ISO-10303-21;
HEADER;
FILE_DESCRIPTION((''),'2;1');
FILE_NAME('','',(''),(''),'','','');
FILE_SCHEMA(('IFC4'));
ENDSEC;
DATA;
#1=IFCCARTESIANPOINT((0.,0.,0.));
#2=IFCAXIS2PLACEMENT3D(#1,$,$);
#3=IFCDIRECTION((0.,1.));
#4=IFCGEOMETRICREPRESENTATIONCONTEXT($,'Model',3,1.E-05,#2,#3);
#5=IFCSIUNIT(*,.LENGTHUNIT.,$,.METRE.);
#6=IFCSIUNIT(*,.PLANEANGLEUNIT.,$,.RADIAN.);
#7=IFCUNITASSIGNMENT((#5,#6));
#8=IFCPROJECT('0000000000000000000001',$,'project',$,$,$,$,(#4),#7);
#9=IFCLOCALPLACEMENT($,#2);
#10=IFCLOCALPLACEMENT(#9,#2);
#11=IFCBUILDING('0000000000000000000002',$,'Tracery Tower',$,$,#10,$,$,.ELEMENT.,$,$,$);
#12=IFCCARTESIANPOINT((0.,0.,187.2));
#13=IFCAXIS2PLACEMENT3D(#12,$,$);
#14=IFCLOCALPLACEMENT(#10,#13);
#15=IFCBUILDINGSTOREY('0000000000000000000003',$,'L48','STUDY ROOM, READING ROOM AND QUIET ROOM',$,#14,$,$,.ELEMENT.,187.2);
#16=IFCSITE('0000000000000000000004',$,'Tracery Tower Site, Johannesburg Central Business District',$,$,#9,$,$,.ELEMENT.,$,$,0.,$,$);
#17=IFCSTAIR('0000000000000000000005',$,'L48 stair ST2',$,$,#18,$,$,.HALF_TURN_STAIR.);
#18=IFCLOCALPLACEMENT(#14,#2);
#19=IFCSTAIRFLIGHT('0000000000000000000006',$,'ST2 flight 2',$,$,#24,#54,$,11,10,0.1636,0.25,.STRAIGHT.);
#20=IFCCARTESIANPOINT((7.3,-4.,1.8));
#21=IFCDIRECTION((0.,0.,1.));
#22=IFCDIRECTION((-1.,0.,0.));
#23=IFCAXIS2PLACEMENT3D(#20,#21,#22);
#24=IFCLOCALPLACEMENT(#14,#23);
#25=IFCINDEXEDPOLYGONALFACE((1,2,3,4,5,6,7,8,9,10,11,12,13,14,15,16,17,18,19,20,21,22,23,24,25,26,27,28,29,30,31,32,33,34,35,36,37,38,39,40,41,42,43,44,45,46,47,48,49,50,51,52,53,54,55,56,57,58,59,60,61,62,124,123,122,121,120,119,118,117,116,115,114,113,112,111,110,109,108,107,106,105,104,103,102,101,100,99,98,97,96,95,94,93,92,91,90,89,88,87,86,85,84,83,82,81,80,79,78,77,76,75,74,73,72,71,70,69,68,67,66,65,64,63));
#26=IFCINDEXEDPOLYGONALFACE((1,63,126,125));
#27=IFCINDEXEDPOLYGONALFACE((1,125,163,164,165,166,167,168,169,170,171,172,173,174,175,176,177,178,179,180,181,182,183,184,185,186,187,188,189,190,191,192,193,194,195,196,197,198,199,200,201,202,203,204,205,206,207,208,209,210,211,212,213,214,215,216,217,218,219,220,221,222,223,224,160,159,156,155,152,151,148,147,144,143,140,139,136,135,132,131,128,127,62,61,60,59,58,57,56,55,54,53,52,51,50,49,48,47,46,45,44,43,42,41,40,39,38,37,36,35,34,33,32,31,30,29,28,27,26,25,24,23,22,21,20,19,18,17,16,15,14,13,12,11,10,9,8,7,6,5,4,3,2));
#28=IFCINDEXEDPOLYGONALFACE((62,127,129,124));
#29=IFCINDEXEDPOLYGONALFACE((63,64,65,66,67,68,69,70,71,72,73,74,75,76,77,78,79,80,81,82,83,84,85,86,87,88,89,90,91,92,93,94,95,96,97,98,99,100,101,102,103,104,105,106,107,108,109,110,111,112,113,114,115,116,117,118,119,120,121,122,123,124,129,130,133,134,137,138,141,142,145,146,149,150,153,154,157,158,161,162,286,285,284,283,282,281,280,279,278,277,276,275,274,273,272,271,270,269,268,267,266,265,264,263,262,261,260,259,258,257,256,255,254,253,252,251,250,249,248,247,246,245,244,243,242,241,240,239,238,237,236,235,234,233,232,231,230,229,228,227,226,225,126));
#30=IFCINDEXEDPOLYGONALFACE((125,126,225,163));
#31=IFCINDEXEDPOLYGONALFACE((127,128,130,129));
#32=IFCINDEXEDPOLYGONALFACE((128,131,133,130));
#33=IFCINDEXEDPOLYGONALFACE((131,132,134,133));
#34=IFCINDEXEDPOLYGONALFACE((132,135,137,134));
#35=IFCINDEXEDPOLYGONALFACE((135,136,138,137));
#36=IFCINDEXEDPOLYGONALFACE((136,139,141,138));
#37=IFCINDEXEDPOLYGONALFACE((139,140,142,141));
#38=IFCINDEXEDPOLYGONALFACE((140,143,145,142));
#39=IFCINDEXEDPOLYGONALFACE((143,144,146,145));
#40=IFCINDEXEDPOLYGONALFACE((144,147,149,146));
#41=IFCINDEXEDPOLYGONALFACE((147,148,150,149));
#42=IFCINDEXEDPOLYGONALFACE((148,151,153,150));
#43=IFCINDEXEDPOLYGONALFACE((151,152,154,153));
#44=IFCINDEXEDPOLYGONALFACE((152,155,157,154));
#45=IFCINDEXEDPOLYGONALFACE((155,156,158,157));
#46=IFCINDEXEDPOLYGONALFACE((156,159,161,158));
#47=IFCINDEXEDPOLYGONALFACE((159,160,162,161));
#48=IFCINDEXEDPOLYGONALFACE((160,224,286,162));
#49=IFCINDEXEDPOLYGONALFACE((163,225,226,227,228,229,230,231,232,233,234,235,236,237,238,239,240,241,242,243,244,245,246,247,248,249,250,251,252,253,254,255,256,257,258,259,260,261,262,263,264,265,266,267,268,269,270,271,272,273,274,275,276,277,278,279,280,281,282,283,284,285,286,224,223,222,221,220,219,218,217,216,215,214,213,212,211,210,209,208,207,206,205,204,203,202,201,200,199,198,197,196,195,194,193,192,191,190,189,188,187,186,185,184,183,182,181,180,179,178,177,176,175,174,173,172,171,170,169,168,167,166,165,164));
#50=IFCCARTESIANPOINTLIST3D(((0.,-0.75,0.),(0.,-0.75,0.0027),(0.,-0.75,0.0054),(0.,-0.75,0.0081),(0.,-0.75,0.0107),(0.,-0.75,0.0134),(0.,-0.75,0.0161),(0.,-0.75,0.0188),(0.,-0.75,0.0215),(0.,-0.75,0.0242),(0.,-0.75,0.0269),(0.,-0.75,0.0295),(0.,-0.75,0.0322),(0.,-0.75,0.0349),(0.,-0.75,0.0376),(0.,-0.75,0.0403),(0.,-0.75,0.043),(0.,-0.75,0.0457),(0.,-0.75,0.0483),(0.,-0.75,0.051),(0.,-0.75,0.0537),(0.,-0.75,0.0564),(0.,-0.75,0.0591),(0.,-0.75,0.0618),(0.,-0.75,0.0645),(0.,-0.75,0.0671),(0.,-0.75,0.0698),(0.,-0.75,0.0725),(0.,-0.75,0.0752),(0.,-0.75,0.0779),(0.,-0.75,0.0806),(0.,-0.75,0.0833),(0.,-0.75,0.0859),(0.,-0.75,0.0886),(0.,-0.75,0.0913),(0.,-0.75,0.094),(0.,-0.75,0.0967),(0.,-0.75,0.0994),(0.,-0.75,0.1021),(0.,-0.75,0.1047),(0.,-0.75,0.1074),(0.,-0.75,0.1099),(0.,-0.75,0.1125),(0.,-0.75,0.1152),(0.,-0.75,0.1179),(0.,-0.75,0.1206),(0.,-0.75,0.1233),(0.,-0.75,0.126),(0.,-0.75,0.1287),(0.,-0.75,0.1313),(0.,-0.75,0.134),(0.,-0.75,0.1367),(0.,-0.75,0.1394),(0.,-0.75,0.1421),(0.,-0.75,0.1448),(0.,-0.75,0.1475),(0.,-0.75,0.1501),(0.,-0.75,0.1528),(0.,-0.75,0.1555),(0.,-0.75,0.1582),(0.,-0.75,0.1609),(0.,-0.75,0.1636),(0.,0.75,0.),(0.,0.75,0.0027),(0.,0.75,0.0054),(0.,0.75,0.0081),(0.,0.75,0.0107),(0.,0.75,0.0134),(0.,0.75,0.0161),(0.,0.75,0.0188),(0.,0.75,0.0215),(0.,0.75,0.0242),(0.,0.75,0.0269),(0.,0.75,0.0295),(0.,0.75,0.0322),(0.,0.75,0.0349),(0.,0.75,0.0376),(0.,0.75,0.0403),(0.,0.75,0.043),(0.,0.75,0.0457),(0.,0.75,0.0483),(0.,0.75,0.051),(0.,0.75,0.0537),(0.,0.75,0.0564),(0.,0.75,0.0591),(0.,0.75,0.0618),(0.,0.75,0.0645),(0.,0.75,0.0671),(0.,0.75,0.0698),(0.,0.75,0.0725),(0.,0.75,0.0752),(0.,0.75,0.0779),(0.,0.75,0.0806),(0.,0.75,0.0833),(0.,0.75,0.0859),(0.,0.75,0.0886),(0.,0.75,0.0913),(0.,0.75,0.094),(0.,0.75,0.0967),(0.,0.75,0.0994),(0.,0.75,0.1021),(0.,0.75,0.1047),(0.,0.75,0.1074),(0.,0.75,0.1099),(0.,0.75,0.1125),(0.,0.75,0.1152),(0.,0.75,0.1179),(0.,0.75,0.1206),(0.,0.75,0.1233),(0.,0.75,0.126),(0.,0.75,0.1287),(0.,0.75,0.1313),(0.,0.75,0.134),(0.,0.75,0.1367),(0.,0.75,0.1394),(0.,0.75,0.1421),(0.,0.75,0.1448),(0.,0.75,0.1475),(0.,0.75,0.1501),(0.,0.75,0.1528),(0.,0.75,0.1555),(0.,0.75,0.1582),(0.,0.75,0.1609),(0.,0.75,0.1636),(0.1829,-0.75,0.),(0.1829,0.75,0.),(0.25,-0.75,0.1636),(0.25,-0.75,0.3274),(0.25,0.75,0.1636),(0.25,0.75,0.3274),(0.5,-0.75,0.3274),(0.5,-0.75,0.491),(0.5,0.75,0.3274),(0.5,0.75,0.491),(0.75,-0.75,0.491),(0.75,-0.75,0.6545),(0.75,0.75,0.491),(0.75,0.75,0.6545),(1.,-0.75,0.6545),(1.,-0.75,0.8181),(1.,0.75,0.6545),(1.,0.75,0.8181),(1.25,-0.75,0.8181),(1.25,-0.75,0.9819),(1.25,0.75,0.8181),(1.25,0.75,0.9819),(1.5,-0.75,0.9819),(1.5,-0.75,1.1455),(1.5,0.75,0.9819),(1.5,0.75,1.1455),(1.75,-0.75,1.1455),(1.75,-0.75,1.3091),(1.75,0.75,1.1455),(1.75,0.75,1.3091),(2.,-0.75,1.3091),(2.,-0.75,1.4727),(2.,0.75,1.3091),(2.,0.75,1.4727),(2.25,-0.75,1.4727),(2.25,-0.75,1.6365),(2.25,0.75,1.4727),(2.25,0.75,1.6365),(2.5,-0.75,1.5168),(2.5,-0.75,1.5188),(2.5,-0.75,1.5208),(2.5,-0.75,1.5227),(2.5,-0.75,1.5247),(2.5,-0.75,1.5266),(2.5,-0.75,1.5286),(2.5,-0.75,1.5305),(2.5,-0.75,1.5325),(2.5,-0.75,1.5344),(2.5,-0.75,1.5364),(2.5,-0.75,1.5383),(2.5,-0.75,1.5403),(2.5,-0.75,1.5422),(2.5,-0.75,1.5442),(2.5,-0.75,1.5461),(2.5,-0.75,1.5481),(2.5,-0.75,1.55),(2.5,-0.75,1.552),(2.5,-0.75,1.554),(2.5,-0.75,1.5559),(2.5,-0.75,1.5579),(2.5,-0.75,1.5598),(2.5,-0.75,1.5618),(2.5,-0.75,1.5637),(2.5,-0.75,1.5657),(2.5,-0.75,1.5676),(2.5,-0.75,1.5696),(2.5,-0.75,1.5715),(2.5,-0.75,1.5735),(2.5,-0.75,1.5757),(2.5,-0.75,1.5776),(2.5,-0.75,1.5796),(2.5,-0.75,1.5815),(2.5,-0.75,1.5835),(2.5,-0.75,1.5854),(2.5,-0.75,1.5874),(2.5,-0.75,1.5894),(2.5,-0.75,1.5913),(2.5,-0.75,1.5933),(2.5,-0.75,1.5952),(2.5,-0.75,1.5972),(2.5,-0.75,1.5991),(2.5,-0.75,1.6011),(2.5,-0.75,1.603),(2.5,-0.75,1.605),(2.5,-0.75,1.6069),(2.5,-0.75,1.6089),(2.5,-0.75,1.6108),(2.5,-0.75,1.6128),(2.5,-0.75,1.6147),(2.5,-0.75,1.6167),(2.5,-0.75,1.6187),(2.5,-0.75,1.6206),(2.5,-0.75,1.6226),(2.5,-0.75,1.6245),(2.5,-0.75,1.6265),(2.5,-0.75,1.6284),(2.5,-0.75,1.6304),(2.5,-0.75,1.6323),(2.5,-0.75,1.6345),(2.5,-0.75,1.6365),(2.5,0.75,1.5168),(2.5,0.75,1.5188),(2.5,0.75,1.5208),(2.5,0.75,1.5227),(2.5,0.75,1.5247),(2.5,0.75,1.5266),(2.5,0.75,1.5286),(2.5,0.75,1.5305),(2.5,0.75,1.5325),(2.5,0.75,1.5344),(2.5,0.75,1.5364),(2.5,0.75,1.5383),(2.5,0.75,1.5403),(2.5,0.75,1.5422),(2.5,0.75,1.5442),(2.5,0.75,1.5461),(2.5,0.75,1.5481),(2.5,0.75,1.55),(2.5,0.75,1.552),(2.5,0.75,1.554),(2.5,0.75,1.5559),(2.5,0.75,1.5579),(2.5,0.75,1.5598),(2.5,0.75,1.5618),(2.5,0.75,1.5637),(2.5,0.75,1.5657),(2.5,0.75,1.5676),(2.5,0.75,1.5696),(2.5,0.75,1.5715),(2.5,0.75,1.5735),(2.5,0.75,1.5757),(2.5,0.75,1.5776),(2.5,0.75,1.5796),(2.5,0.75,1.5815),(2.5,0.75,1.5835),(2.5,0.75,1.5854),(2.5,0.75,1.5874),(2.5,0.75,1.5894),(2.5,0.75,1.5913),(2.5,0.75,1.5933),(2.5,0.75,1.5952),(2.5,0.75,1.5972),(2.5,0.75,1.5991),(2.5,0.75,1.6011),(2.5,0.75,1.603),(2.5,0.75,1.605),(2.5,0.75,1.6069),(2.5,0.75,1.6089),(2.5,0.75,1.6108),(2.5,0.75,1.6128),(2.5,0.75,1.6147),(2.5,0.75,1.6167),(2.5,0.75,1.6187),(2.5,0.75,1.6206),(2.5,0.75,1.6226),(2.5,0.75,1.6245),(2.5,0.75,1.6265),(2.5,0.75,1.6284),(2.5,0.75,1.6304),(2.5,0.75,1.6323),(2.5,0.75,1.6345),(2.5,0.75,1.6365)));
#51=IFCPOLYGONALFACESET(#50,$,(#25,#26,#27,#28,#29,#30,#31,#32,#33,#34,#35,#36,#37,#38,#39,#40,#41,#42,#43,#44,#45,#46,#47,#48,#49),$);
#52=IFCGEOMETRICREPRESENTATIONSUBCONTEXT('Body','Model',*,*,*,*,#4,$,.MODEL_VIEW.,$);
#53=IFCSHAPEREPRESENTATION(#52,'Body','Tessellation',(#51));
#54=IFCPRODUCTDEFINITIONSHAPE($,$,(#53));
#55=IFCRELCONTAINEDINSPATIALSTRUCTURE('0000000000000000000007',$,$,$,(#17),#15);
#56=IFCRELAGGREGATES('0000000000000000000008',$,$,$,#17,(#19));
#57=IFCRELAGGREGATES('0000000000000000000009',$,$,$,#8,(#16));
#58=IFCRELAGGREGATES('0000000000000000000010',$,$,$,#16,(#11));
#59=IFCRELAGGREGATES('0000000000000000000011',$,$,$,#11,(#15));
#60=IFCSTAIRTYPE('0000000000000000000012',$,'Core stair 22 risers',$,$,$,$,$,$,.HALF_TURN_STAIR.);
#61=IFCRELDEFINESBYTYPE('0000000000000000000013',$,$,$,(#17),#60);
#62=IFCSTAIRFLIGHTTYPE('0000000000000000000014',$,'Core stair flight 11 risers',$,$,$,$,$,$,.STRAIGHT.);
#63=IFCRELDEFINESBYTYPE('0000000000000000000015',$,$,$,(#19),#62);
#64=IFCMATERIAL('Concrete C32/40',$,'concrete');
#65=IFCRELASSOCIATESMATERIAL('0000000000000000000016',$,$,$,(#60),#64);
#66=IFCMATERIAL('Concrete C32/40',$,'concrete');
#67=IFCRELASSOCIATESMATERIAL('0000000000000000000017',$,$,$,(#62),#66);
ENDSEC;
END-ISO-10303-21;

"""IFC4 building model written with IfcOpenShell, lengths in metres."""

from ifc_helpers import new_model, si_unit, direction, frame, origin, place, context, subcontext, project, spatial, polyline, outline, extrude, material, type_object, element, aggregate, save


model = new_model("IFC4")

# Units and contexts
model_context = context("Model", 3, precision=1e-05, world=origin(), true_north=direction((0.0, 1.0)))
body_context = subcontext(model_context, "Body", "Model", "MODEL_VIEW")
ifc_project = project(units=[si_unit("LENGTHUNIT", "METRE"), si_unit("PLANEANGLEUNIT", "RADIAN")], contexts=[model_context])

# Site, building, storey
site_placement = place(None, origin())
site = spatial("IfcSite", under=ifc_project, at=site_placement, Name="Tracery Tower Site, Johannesburg Central Business District", CompositionType="ELEMENT", RefElevation=0.0)
building_placement = place(site_placement, origin())
building = spatial("IfcBuilding", under=site, at=building_placement, Name="Tracery Tower", CompositionType="ELEMENT")
storey_placement = place(building_placement, frame((0.0, 0.0, 187.2)))
storey = spatial("IfcBuildingStorey", under=building, at=storey_placement, Name="L48", Description="STUDY ROOM, READING ROOM AND QUIET ROOM", CompositionType="ELEMENT", Elevation=187.2)

# Stair, stair flight
ifc_material_1 = material(Name="Concrete C32/40", Category="concrete")
stair_type = type_object("IfcStairType", Name="Core stair 22 risers", PredefinedType="HALF_TURN_STAIR", material=ifc_material_1)
stair_placement = place(storey_placement, origin())
stair = element("IfcStair", 1, at=stair_placement, inside=storey, type_object=stair_type, Name="L48 stair ST2", PredefinedType="HALF_TURN_STAIR")
ifc_material_2 = material(Name="Concrete C32/40", Category="concrete")
stair_flight_type = type_object("IfcStairFlightType", Name="Core stair flight 11 risers", PredefinedType="STRAIGHT", material=ifc_material_2)
stair_flight_1_placement = place(storey_placement, frame((7.3, -4.0, 1.8), z_axis=(0.0, 0.0, 1.0), x_axis=(-1.0, 0.0, 0.0)))
stair_flight_1 = element("IfcStairFlight", 2, at=stair_flight_1_placement, type_object=stair_flight_type, Name="ST2 flight 2", NumberOfRisers=11, NumberOfTreads=10, PredefinedType="STRAIGHT", RiserHeight=0.1636, TreadLength=0.25, context=body_context, shape_type="SweptSolid", body=[
    extrude(outline(polyline([(0.0, 0.0), (0.0, 0.0027), (0.0, 0.0054), (0.0, 0.0081), (0.0, 0.0107), (0.0, 0.0134), (0.0, 0.0161), (0.0, 0.0188), (0.0, 0.0215), (0.0, 0.0242), (0.0, 0.0269), (0.0, 0.0295), (0.0, 0.0322), (0.0, 0.0349), (0.0, 0.0376), (0.0, 0.0403), (0.0, 0.043), (0.0, 0.0457), (0.0, 0.0483), (0.0, 0.051), (0.0, 0.0537), (0.0, 0.0564), (0.0, 0.0591), (0.0, 0.0618), (0.0, 0.0645), (0.0, 0.0671), (0.0, 0.0698), (0.0, 0.0725), (0.0, 0.0752), (0.0, 0.0779), (0.0, 0.0806), (0.0, 0.0833), (0.0, 0.0859), (0.0, 0.0886), (0.0, 0.0913), (0.0, 0.094), (0.0, 0.0967), (0.0, 0.0994), (0.0, 0.1021), (0.0, 0.1047), (0.0, 0.1074), (0.0, 0.1099), (0.0, 0.1125), (0.0, 0.1152), (0.0, 0.1179), (0.0, 0.1206), (0.0, 0.1233), (0.0, 0.126), (0.0, 0.1287), (0.0, 0.1313), (0.0, 0.134), (0.0, 0.1367), (0.0, 0.1394), (0.0, 0.1421), (0.0, 0.1448), (0.0, 0.1475), (0.0, 0.1501), (0.0, 0.1528), (0.0, 0.1555), (0.0, 0.1582), (0.0, 0.1609), (0.0, 0.1636), (0.25, 0.1636), (0.25, 0.3274), (0.5, 0.3274), (0.5, 0.491), (0.75, 0.491), (0.75, 0.6545), (1.0, 0.6545), (1.0, 0.8181), (1.25, 0.8181), (1.25, 0.9819), (1.5, 0.9819), (1.5, 1.1455), (1.75, 1.1455), (1.75, 1.3091), (2.0, 1.3091), (2.0, 1.4727), (2.25, 1.4727), (2.25, 1.6365), (2.5, 1.6365), (2.5, 1.6345), (2.5, 1.6323), (2.5, 1.6304), (2.5, 1.6284), (2.5, 1.6265), (2.5, 1.6245), (2.5, 1.6226), (2.5, 1.6206), (2.5, 1.6187), (2.5, 1.6167), (2.5, 1.6147), (2.5, 1.6128), (2.5, 1.6108), (2.5, 1.6089), (2.5, 1.6069), (2.5, 1.605), (2.5, 1.603), (2.5, 1.6011), (2.5, 1.5991), (2.5, 1.5972), (2.5, 1.5952), (2.5, 1.5933), (2.5, 1.5913), (2.5, 1.5894), (2.5, 1.5874), (2.5, 1.5854), (2.5, 1.5835), (2.5, 1.5815), (2.5, 1.5796), (2.5, 1.5776), (2.5, 1.5757), (2.5, 1.5735), (2.5, 1.5715), (2.5, 1.5696), (2.5, 1.5676), (2.5, 1.5657), (2.5, 1.5637), (2.5, 1.5618), (2.5, 1.5598), (2.5, 1.5579), (2.5, 1.5559), (2.5, 1.554), (2.5, 1.552), (2.5, 1.55), (2.5, 1.5481), (2.5, 1.5461), (2.5, 1.5442), (2.5, 1.5422), (2.5, 1.5403), (2.5, 1.5383), (2.5, 1.5364), (2.5, 1.5344), (2.5, 1.5325), (2.5, 1.5305), (2.5, 1.5286), (2.5, 1.5266), (2.5, 1.5247), (2.5, 1.5227), (2.5, 1.5208), (2.5, 1.5188), (2.5, 1.5168), (0.1829, 0.0), (0.0, 0.0)])), frame((0.0, 0.75, 0.0), z_axis=(0.0, -1.0, 0.0), x_axis=(1.0, 0.0, 0.0)), (0.0, 0.0, 1.0), 1.5),
])
aggregate(stair, [stair_flight_1])

save(model, "model.ifc")
